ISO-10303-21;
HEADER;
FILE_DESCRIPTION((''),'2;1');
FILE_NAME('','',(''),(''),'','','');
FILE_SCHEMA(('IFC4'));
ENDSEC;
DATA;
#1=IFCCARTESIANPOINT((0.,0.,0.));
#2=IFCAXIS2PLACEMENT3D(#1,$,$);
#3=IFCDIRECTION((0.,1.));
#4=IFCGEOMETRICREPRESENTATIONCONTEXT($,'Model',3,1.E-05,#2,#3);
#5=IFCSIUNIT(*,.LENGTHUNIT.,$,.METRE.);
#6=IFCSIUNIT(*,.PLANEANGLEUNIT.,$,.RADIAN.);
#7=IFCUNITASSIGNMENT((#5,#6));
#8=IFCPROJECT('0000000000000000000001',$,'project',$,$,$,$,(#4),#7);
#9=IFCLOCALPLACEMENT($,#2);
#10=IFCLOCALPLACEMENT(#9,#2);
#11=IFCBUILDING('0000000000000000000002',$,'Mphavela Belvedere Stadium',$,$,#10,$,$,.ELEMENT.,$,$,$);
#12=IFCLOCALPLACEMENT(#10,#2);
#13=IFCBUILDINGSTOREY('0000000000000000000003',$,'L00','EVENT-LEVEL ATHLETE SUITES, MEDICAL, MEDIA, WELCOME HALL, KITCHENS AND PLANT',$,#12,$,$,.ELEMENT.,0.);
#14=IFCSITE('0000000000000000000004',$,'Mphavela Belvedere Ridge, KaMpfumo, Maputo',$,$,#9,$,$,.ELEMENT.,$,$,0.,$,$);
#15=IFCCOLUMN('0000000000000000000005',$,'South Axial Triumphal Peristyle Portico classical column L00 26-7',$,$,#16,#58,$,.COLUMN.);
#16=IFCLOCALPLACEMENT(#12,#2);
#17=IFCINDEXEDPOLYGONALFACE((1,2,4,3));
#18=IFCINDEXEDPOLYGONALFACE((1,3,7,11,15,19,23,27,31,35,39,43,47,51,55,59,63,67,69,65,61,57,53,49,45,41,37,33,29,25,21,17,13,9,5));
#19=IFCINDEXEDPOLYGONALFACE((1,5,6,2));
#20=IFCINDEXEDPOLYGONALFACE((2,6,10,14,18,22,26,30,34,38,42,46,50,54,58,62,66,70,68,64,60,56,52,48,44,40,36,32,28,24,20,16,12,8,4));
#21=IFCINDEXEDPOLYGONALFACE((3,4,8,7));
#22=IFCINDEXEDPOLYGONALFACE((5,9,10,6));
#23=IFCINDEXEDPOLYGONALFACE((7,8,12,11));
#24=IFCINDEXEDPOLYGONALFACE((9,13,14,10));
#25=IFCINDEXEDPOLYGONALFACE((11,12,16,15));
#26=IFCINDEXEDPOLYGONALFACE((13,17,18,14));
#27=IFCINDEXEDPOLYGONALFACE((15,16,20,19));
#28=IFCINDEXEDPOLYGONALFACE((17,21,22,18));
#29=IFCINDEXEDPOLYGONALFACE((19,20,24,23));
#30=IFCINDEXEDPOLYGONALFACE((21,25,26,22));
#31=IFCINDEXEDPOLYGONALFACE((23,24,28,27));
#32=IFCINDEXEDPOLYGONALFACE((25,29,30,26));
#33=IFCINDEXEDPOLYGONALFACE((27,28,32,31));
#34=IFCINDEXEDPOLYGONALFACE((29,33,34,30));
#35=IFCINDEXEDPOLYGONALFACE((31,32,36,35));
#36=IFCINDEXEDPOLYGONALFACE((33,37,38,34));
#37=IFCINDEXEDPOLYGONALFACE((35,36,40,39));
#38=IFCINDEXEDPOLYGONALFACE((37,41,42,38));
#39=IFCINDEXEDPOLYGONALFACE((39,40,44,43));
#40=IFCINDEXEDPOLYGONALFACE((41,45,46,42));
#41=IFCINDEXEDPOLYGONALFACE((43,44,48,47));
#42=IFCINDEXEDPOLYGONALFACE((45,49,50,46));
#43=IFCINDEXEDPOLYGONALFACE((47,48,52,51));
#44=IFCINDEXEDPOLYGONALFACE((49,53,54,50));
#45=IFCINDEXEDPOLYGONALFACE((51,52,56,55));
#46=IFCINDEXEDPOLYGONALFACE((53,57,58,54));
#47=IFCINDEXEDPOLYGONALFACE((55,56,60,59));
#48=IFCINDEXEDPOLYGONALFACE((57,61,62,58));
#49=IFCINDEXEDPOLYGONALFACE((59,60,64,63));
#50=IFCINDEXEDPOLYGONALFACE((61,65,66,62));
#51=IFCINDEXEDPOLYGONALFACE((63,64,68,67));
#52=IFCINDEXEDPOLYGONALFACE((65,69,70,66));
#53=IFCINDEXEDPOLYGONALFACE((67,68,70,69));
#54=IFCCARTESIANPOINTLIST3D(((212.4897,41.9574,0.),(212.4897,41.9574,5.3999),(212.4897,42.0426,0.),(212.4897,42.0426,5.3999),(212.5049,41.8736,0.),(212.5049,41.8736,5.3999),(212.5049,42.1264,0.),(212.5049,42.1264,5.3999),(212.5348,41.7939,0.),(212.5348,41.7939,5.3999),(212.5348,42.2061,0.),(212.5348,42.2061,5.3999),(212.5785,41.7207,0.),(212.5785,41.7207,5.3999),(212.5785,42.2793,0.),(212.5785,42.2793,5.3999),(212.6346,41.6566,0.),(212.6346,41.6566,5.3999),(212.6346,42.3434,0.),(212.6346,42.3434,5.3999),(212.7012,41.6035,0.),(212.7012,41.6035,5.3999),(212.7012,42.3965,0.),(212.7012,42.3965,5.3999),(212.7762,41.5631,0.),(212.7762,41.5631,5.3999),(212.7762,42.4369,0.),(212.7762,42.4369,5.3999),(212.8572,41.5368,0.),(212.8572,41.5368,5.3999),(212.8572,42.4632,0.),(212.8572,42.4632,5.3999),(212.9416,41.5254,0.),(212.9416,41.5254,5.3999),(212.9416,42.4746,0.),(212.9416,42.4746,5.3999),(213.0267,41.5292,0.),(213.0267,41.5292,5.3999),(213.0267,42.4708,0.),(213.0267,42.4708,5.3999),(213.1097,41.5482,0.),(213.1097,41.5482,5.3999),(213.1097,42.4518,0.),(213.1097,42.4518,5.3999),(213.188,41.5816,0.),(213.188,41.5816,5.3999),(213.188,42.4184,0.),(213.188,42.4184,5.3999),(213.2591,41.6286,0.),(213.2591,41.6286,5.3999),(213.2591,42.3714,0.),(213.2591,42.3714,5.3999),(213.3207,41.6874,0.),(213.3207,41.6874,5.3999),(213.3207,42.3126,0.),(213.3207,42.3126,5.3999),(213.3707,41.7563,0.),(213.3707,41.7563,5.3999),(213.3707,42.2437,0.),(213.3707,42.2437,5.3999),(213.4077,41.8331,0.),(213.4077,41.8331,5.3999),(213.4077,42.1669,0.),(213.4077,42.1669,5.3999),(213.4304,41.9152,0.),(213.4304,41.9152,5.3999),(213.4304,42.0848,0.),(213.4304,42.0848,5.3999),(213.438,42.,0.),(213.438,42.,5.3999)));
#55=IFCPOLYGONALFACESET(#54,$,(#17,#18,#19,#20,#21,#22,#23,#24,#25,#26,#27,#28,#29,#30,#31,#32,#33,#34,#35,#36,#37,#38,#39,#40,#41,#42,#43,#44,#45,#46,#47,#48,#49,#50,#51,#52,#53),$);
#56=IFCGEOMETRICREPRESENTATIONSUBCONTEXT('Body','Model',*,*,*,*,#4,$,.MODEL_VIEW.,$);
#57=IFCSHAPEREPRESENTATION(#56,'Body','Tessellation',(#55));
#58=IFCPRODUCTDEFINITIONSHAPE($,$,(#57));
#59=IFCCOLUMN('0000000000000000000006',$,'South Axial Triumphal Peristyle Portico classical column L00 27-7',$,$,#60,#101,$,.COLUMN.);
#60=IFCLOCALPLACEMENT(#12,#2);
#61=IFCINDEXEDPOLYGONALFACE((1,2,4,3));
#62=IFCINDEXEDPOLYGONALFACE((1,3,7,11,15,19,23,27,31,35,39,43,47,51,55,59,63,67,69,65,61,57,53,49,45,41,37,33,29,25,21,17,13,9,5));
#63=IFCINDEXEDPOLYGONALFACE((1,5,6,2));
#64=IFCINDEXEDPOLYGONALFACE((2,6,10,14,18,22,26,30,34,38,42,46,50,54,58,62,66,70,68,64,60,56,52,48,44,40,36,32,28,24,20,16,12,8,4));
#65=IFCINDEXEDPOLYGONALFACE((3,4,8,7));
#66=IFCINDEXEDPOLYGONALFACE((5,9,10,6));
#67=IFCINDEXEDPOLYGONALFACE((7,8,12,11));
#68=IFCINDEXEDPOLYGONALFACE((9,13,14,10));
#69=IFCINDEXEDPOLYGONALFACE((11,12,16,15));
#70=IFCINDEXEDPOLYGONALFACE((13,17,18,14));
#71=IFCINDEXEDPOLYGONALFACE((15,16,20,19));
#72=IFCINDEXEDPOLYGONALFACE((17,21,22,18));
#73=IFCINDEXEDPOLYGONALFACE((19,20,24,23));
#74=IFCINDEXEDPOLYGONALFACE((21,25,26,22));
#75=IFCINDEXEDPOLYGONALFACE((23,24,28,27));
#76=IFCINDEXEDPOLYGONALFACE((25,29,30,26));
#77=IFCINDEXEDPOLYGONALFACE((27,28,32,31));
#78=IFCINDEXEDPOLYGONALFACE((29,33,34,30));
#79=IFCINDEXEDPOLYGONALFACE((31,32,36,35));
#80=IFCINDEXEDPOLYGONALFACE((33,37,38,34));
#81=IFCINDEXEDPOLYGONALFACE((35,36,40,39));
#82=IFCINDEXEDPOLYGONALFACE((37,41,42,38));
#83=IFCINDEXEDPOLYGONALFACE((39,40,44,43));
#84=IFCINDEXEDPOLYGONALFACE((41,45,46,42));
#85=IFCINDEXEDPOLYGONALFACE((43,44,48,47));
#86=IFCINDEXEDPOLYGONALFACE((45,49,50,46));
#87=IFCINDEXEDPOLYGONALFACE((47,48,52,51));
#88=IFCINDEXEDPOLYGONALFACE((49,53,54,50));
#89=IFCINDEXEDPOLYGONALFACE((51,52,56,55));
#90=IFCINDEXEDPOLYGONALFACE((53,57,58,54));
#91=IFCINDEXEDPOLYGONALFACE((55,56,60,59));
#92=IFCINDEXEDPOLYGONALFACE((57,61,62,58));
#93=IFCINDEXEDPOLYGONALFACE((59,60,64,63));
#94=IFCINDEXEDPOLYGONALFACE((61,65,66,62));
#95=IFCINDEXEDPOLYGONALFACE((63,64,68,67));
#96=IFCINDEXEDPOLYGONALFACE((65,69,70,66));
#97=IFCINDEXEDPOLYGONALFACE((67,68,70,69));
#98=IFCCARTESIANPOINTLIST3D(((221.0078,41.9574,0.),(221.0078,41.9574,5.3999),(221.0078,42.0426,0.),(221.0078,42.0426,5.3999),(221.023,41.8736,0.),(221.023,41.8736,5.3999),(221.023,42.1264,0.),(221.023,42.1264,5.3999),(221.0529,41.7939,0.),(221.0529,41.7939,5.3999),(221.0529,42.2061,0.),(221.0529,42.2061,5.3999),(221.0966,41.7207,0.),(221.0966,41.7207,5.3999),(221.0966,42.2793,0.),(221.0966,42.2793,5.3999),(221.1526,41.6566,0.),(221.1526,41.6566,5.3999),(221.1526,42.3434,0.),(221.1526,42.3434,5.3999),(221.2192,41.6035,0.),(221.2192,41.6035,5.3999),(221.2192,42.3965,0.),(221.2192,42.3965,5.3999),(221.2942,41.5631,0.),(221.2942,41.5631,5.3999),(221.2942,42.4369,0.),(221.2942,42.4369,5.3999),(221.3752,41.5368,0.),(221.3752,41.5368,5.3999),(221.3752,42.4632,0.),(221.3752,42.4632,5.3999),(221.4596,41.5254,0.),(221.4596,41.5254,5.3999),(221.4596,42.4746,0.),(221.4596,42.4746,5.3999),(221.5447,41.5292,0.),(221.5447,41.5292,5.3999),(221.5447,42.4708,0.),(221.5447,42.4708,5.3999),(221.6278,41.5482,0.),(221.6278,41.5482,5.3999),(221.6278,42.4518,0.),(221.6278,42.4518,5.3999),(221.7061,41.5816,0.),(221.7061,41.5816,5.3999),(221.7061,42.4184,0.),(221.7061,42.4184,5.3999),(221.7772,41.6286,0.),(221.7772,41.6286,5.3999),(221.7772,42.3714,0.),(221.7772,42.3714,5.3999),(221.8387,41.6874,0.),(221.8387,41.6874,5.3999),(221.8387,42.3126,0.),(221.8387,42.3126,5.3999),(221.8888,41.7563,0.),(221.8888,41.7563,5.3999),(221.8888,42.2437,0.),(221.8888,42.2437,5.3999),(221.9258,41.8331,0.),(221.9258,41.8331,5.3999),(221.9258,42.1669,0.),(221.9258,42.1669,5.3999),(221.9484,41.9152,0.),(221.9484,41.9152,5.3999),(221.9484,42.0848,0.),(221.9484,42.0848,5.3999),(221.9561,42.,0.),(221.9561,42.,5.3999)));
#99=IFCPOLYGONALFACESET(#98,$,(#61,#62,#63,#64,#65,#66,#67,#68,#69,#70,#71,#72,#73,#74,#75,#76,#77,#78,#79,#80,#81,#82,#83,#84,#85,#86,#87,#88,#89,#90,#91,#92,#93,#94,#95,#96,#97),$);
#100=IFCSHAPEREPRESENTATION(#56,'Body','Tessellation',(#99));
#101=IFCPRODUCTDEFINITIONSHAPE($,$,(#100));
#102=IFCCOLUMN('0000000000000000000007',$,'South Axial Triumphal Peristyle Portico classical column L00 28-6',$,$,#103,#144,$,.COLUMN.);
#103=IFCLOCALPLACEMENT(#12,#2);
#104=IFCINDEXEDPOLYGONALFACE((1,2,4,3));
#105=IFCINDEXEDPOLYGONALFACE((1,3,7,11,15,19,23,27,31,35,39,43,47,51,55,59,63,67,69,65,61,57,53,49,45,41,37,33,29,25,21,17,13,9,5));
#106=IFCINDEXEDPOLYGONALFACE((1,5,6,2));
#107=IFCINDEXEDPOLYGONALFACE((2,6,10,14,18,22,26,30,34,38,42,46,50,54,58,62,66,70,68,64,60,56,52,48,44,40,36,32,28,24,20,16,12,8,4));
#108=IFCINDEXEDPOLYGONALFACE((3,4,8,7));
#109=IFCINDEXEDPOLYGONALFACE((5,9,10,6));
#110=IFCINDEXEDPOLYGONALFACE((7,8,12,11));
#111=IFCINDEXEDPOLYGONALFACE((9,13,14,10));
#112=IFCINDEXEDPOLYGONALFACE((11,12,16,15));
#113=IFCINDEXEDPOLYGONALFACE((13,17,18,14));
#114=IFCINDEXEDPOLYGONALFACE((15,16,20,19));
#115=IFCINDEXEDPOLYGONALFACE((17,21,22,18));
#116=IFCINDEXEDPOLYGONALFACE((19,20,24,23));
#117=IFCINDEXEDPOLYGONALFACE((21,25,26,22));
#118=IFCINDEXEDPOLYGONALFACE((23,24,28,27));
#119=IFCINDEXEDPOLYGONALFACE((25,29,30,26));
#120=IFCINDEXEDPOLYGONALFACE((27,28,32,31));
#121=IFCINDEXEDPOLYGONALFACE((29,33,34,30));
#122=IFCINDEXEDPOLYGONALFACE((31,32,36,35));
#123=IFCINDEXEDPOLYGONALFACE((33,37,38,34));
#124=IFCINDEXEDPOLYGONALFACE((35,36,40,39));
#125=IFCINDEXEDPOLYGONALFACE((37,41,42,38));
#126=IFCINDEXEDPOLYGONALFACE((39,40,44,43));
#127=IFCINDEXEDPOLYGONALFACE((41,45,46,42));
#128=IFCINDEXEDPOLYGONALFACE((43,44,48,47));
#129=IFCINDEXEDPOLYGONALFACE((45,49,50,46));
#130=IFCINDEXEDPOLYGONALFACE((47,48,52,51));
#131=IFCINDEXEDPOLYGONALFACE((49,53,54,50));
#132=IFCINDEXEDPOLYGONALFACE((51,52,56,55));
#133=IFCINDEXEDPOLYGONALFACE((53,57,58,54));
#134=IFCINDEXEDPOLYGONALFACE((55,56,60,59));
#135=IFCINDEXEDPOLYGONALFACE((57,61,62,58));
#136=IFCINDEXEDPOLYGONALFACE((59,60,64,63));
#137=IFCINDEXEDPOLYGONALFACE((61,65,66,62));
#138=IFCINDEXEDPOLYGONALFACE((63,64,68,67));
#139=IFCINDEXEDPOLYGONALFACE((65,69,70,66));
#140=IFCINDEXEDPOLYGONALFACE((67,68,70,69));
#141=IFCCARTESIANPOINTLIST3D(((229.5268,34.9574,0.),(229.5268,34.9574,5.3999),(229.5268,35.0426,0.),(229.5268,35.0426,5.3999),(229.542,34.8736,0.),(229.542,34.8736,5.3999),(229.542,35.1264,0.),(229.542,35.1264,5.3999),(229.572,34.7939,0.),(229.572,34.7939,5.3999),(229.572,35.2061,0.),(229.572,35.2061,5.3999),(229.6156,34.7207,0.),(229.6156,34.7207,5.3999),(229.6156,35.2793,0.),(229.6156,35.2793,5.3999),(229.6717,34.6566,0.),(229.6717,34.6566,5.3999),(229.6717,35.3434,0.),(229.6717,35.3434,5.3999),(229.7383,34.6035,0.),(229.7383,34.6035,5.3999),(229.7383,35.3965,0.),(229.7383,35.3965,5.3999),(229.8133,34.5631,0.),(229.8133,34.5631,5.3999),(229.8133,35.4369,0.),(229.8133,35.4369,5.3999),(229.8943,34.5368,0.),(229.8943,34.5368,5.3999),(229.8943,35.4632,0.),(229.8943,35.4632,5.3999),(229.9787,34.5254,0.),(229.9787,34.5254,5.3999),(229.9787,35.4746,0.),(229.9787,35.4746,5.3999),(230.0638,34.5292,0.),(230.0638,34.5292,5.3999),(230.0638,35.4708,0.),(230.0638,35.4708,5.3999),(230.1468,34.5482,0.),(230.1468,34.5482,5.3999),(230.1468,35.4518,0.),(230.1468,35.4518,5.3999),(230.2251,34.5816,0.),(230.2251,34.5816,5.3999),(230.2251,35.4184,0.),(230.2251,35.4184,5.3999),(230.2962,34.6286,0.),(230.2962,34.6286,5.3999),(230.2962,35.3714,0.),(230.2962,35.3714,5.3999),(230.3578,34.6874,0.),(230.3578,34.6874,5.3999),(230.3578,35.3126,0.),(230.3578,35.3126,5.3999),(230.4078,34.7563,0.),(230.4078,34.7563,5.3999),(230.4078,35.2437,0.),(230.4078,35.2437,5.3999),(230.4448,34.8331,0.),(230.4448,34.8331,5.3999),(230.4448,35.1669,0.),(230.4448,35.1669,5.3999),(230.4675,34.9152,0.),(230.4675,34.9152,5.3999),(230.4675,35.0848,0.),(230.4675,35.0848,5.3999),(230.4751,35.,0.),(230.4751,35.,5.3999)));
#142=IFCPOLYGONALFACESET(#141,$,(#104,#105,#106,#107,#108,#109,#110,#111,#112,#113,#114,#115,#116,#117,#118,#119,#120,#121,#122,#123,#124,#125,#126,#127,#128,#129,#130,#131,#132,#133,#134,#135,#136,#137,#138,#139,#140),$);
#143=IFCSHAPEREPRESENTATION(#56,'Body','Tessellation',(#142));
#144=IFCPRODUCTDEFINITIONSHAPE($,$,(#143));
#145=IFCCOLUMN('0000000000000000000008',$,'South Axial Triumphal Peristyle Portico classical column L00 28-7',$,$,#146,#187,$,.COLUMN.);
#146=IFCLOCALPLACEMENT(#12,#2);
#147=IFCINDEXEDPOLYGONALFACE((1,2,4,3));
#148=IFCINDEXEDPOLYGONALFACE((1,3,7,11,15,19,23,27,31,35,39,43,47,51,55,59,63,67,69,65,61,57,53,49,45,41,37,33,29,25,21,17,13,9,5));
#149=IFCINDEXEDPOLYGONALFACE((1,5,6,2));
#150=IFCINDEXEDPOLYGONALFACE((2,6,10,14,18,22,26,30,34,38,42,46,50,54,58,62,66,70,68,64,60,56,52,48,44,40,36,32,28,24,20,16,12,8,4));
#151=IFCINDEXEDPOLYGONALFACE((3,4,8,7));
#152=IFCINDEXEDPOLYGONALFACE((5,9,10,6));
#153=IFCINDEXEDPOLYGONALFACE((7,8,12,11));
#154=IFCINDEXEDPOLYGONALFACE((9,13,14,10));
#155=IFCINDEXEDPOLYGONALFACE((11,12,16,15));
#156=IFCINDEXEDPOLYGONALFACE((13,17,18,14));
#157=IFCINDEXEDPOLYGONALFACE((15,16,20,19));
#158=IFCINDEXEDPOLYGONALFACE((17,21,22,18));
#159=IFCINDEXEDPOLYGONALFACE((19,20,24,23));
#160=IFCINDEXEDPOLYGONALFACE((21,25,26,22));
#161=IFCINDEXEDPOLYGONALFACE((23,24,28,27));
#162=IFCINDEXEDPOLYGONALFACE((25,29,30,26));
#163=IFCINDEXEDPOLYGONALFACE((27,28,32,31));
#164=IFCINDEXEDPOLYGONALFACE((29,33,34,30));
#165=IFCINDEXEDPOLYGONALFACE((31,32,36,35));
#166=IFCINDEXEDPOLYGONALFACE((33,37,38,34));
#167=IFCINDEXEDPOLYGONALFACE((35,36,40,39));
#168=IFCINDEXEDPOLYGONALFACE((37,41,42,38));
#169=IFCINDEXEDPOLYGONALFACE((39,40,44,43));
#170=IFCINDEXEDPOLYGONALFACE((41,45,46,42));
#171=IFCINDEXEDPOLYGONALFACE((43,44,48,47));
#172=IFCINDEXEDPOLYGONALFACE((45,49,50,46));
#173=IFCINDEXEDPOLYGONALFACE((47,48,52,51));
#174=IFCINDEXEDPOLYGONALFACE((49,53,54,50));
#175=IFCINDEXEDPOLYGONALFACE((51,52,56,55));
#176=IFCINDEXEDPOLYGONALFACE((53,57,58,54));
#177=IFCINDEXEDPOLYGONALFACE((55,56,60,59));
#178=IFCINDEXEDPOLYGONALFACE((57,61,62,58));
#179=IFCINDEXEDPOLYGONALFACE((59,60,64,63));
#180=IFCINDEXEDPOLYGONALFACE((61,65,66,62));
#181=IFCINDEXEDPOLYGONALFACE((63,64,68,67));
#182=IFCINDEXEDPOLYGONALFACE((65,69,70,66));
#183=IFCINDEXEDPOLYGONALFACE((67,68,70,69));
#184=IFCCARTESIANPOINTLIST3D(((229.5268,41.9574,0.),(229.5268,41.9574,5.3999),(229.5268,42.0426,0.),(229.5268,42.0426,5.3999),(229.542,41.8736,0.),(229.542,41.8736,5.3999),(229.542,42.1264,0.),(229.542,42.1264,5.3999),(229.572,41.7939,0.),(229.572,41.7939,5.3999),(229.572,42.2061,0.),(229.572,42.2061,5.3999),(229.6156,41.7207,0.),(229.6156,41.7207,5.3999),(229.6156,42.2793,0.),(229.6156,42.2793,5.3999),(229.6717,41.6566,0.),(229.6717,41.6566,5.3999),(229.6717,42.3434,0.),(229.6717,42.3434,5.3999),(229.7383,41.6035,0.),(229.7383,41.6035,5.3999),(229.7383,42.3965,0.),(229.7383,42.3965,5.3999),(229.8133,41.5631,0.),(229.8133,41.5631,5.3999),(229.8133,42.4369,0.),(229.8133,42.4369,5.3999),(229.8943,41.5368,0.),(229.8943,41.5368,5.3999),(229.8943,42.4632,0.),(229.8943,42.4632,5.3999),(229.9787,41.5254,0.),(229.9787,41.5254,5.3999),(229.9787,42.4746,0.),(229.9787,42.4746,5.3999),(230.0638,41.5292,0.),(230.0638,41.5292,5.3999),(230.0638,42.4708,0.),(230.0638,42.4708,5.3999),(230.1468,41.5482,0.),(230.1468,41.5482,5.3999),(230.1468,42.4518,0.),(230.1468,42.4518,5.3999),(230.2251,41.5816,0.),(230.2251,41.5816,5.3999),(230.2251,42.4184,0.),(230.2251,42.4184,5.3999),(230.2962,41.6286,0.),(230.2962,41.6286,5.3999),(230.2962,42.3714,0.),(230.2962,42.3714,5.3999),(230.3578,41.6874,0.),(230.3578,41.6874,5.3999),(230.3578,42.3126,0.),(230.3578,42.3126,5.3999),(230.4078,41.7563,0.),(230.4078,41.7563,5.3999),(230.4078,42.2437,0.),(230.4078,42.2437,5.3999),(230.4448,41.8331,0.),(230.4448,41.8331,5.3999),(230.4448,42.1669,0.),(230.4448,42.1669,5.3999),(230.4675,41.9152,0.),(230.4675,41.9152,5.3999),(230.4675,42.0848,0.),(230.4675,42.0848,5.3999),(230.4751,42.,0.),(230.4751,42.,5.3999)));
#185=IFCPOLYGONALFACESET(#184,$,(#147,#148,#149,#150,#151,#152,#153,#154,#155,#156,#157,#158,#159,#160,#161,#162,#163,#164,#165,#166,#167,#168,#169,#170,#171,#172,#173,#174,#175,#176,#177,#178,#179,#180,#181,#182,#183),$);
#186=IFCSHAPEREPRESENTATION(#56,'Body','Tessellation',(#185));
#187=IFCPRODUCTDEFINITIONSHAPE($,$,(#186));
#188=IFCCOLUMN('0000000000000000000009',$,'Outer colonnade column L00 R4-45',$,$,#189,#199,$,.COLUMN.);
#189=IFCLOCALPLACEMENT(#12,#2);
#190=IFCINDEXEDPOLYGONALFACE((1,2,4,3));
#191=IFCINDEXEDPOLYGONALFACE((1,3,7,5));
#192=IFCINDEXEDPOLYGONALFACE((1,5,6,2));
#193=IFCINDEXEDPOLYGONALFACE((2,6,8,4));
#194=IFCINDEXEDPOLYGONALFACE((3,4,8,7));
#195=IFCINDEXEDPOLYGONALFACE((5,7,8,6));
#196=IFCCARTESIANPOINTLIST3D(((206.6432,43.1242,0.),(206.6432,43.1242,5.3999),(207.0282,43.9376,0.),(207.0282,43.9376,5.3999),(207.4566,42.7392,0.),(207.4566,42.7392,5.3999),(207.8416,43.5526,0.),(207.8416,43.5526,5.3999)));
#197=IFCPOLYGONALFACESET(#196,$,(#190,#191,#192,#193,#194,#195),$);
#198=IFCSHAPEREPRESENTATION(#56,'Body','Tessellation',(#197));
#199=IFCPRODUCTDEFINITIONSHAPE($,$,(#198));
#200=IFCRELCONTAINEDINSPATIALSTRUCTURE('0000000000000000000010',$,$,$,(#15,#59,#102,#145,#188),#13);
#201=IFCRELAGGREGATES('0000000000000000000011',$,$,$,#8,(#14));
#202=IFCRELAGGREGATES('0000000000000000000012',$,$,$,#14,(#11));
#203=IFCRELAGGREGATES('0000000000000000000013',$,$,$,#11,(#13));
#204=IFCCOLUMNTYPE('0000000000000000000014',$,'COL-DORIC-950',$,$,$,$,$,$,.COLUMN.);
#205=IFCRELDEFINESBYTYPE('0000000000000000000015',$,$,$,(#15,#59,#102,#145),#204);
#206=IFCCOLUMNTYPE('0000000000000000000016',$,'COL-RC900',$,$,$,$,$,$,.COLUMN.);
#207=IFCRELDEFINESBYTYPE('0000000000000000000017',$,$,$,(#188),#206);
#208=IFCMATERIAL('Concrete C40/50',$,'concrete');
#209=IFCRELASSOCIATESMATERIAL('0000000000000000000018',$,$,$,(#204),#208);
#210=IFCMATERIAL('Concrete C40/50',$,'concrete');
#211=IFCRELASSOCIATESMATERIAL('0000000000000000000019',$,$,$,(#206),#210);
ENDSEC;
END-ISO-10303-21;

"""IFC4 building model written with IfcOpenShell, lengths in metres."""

from ifc_helpers import new_model, si_unit, direction, frame, origin, origin_2d, place, context, subcontext, project, spatial, rectangle, circle, extrude, material, material_profile, profile_set, type_object, element, save


model = new_model("IFC4")

# Units and contexts
model_context = context("Model", 3, precision=1e-05, world=origin(), true_north=direction((0.0, 1.0)))
body_context = subcontext(model_context, "Body", "Model", "MODEL_VIEW")
ifc_project = project(units=[si_unit("LENGTHUNIT", "METRE"), si_unit("PLANEANGLEUNIT", "RADIAN")], contexts=[model_context])

# Site, building, storey
site_placement = place(None, origin())
site = spatial("IfcSite", under=ifc_project, at=site_placement, Name="Mphavela Belvedere Ridge, KaMpfumo, Maputo", CompositionType="ELEMENT", RefElevation=0.0)
building_placement = place(site_placement, origin())
building = spatial("IfcBuilding", under=site, at=building_placement, Name="Mphavela Belvedere Stadium", CompositionType="ELEMENT")
storey_placement = place(building_placement, origin())
storey = spatial("IfcBuildingStorey", under=building, at=storey_placement, Name="L00", Description="EVENT-LEVEL ATHLETE SUITES, MEDICAL, MEDIA, WELCOME HALL, KITCHENS AND PLANT", CompositionType="ELEMENT", Elevation=0.0)

# Columns
ifc_material_1 = material(Name="Concrete C40/50", Category="concrete")
ifc_material_profile_1 = material_profile(ifc_material_1, circle(Radius=0.4751, at=origin_2d()), Name="COL D950")
ifc_profile_set_1 = profile_set([ifc_material_profile_1], Name="Concrete C40/50")
column_type_1 = type_object("IfcColumnType", Name="COL-DORIC-950", PredefinedType="COLUMN", material=ifc_profile_set_1)
for number, where, z_axis, x_axis, name in (
    (1, (212.9629, 42.0, 0.0), (0.0, 0.0, 1.0), (1.0, 0.0, 0.0), "South Axial Triumphal Peristyle Portico classical column L00 26-7"),
    (2, (221.481, 42.0, 0.0), (0.0, 0.0, 1.0), (1.0, 0.0, 0.0), "South Axial Triumphal Peristyle Portico classical column L00 27-7"),
    (3, (230.0, 35.0, 0.0), (0.0, 0.0, 1.0), (1.0, 0.0, 0.0), "South Axial Triumphal Peristyle Portico classical column L00 28-6"),
    (4, (230.0, 42.0, 0.0), (0.0, 0.0, 1.0), (1.0, 0.0, 0.0), "South Axial Triumphal Peristyle Portico classical column L00 28-7"),
):
    element("IfcColumn", number, at=place(storey_placement, frame(where, z_axis=z_axis, x_axis=x_axis)), inside=storey, type_object=column_type_1, Name=name, PredefinedType="COLUMN", context=body_context, shape_type="SweptSolid", body=[
        extrude(circle(Radius=0.4751, at=origin_2d()), origin(), (0.0, 0.0, 1.0), 5.3999),
    ])
ifc_material_2 = material(Name="Concrete C40/50", Category="concrete")
ifc_material_profile_2 = material_profile(ifc_material_2, rectangle(XDim=0.8999, YDim=0.8999, at=origin_2d()), Name="RC 900x900")
ifc_profile_set_2 = profile_set([ifc_material_profile_2], Name="Concrete C40/50")
column_type_2 = type_object("IfcColumnType", Name="COL-RC900", PredefinedType="COLUMN", material=ifc_profile_set_2)
column_1_placement = place(storey_placement, frame((207.2424, 43.3384, 0.0), z_axis=(0.0, 0.0, 1.0), x_axis=(0.903859, -0.427831, 0.0)))
element("IfcColumn", 5, at=column_1_placement, inside=storey, type_object=column_type_2, Name="Outer colonnade column L00 R4-45", PredefinedType="COLUMN", context=body_context, shape_type="SweptSolid", body=[
    extrude(rectangle(XDim=0.8999, YDim=0.8999, at=origin_2d()), origin(), (0.0, 0.0, 1.0), 5.3999),
])

save(model, "model.ifc")
